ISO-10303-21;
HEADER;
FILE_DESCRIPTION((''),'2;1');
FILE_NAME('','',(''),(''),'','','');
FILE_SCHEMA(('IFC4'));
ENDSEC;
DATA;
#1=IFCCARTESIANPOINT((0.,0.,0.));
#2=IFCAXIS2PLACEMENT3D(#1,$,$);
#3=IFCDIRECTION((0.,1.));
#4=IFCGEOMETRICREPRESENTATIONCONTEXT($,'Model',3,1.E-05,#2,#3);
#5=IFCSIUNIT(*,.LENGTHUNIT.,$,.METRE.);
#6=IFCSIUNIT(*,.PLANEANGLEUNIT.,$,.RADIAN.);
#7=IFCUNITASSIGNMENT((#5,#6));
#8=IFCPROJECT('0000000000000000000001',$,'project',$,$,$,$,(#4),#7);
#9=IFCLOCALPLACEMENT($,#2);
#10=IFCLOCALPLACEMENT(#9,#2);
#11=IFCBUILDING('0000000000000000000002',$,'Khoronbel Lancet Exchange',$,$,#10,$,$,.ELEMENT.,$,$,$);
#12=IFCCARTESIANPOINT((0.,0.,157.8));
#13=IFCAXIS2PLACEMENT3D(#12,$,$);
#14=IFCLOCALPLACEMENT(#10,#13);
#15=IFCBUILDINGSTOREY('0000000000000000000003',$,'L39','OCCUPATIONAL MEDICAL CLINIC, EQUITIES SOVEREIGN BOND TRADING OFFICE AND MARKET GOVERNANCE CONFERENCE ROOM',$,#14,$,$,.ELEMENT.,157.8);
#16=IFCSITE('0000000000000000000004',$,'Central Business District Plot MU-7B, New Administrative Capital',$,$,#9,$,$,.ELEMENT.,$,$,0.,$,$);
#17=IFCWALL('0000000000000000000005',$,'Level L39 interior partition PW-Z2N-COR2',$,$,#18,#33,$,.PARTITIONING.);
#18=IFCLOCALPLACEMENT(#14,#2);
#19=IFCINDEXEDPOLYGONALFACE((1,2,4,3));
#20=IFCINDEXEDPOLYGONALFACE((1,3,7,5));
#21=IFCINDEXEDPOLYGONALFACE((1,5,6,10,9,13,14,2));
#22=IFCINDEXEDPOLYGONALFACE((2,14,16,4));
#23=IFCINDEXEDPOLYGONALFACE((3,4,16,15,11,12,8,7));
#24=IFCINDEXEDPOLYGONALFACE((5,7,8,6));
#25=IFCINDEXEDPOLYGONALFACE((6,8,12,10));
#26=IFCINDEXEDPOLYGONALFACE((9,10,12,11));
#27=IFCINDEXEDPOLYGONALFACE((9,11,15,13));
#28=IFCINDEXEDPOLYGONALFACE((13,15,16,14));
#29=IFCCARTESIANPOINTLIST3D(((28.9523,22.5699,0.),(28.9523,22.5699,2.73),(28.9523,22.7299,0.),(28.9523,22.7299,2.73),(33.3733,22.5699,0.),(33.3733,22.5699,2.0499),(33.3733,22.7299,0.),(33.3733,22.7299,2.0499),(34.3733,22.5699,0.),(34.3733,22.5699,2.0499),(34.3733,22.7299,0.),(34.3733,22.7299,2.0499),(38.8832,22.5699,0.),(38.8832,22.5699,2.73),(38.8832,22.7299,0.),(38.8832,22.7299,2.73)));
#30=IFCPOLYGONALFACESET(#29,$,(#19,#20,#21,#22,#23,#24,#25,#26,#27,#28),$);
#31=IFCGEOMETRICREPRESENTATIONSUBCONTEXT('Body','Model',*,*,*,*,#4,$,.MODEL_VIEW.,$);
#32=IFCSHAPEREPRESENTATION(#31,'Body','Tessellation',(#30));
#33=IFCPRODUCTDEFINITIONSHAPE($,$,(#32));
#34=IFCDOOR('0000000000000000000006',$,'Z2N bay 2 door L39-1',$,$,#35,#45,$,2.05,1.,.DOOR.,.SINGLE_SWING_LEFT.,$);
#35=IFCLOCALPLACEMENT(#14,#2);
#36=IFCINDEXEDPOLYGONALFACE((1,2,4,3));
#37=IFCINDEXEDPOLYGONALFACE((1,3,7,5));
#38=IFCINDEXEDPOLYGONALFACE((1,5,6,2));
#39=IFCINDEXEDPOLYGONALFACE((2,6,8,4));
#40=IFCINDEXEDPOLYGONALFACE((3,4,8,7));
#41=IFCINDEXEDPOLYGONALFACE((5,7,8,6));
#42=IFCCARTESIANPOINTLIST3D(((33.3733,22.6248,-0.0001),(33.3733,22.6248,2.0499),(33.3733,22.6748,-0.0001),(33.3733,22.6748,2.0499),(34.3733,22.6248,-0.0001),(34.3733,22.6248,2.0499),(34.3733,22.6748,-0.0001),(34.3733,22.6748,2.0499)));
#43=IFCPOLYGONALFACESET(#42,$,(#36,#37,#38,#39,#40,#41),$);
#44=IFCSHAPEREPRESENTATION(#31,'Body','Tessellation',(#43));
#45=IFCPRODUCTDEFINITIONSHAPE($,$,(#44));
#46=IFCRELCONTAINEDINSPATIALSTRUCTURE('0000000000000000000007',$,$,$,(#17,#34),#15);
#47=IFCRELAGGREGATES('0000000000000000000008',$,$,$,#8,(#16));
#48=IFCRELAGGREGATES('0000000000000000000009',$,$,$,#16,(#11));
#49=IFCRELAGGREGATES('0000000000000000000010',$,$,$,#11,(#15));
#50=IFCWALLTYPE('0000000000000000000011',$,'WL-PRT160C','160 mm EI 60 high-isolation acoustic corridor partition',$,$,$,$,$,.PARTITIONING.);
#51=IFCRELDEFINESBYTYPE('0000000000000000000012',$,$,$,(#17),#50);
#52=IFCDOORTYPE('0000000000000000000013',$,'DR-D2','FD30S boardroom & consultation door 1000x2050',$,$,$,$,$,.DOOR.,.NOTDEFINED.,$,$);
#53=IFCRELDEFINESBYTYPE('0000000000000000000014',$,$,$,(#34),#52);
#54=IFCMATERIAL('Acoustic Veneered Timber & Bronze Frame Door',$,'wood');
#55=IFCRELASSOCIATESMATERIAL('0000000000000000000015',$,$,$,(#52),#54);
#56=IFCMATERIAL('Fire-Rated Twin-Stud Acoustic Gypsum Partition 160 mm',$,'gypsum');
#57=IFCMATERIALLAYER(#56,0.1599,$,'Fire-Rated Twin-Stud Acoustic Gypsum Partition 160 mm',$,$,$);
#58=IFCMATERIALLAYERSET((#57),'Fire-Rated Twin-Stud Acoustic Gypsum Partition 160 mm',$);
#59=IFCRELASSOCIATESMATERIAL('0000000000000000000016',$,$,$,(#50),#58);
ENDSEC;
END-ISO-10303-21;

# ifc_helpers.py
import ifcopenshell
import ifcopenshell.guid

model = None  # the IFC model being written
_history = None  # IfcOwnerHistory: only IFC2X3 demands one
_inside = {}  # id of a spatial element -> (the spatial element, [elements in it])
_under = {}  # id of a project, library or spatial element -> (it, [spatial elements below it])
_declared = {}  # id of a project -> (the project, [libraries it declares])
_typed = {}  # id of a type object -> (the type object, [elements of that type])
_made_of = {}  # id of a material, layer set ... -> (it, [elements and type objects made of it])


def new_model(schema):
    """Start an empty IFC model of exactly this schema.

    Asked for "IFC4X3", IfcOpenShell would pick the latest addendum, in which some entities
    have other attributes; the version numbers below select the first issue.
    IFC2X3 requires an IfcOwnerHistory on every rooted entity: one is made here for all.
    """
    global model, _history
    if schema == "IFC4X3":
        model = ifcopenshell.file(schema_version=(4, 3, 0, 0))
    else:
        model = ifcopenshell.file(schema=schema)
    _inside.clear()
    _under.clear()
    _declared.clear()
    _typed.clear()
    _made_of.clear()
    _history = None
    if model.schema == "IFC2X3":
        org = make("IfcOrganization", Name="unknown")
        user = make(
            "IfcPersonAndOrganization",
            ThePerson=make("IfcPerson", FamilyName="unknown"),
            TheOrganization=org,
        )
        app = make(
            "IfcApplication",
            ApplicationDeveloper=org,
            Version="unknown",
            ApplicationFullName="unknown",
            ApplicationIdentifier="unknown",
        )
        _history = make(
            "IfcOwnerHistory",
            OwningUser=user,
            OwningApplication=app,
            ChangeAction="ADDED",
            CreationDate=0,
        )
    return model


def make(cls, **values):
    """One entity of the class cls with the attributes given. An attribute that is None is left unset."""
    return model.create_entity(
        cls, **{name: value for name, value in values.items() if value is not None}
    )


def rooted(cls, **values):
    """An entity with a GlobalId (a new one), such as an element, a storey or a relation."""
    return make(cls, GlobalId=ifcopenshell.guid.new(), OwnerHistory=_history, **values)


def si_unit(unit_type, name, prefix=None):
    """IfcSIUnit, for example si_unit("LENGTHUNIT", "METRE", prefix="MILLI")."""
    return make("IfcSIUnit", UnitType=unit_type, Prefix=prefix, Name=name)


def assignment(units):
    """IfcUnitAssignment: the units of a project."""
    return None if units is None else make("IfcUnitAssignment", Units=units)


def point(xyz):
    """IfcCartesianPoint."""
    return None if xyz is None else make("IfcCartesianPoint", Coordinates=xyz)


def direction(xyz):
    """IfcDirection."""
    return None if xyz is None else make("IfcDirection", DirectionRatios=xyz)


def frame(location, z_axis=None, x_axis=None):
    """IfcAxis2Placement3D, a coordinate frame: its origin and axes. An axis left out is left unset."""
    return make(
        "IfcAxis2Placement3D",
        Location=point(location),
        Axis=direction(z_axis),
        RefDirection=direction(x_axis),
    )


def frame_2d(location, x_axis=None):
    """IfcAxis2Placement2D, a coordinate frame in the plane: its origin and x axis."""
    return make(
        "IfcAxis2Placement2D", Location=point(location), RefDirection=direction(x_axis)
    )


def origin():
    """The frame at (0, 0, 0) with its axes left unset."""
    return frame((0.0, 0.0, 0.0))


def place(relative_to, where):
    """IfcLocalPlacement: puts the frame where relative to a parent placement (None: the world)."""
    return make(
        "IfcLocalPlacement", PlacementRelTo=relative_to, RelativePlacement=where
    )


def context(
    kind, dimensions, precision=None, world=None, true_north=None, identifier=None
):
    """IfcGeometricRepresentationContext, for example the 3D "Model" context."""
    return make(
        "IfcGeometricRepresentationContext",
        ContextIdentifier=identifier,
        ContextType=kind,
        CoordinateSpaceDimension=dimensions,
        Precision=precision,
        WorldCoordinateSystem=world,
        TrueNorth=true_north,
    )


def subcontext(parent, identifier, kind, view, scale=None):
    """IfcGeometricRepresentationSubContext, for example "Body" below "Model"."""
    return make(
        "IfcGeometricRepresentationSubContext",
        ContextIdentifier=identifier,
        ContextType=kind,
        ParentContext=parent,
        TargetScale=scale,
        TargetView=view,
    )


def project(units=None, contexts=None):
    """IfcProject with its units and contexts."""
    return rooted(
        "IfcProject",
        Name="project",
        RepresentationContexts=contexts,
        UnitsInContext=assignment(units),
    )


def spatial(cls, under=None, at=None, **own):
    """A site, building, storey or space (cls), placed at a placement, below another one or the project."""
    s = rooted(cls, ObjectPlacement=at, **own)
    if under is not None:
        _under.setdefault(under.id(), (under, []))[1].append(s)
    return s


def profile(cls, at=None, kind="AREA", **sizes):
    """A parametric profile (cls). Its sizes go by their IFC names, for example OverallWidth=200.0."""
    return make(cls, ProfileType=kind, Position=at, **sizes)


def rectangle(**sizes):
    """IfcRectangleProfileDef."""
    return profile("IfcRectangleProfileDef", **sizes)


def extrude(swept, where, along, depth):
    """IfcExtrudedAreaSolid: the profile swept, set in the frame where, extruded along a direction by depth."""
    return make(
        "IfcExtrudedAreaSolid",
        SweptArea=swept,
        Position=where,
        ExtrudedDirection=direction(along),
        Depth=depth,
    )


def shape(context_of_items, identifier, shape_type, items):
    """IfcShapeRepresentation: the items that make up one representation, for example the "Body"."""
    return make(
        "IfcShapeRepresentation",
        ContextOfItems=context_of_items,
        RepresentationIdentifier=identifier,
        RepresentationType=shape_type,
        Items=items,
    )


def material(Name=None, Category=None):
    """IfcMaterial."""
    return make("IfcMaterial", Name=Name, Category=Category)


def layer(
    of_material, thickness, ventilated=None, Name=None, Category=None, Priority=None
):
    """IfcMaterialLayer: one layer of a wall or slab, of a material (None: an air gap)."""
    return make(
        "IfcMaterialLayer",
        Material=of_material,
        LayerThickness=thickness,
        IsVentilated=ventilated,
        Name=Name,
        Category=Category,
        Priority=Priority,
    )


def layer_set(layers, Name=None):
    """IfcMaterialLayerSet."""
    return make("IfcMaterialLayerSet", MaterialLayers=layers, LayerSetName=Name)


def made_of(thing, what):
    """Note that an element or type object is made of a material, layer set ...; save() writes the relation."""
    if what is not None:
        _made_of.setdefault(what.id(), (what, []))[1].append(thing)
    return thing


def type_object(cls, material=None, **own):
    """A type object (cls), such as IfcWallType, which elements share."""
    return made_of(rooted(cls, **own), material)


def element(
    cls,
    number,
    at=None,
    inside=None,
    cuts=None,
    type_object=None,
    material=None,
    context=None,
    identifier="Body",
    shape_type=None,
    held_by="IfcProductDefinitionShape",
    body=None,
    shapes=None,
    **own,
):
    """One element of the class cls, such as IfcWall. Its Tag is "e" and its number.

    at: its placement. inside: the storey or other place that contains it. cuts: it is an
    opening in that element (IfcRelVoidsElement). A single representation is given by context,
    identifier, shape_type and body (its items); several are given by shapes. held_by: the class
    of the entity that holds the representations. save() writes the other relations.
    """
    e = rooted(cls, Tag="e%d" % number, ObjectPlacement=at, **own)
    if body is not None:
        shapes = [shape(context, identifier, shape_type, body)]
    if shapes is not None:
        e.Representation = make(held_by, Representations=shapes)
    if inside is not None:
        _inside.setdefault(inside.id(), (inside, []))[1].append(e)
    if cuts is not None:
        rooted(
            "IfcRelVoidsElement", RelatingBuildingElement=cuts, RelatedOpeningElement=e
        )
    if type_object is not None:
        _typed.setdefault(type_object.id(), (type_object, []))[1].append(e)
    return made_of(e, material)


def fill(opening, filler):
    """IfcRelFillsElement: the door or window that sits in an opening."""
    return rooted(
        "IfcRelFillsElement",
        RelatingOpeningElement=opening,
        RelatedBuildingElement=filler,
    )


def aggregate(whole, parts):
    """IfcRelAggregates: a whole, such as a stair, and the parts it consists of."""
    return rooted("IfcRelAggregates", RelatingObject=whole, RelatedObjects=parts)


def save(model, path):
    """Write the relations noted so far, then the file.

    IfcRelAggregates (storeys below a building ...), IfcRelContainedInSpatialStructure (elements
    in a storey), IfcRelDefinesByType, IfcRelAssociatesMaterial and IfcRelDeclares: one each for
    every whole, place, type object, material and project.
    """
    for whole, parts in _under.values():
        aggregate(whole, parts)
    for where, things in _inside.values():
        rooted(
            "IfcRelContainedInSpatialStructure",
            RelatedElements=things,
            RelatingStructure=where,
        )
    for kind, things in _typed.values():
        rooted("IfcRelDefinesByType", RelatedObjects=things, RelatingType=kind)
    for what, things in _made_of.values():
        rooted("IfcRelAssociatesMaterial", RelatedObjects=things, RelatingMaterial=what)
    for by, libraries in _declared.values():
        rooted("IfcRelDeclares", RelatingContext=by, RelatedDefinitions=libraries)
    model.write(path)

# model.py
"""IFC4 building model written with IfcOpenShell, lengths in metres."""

from ifc_helpers import new_model, si_unit, direction, frame, frame_2d, origin, place, context, subcontext, project, spatial, rectangle, extrude, material, layer, layer_set, type_object, element, fill, save


model = new_model("IFC4")

# Units and contexts
model_context = context("Model", 3, precision=1e-05, world=origin(), true_north=direction((0.0, 1.0)))
body_context = subcontext(model_context, "Body", "Model", "MODEL_VIEW")
ifc_project = project(units=[si_unit("LENGTHUNIT", "METRE"), si_unit("PLANEANGLEUNIT", "RADIAN")], contexts=[model_context])

# Site, building, storey
site_placement = place(None, origin())
site = spatial("IfcSite", under=ifc_project, at=site_placement, Name="Central Business District Plot MU-7B, New Administrative Capital", CompositionType="ELEMENT", RefElevation=0.0)
building_placement = place(site_placement, origin())
building = spatial("IfcBuilding", under=site, at=building_placement, Name="Khoronbel Lancet Exchange", CompositionType="ELEMENT")
storey_placement = place(building_placement, frame((0.0, 0.0, 157.8)))
storey = spatial("IfcBuildingStorey", under=building, at=storey_placement, Name="L39", Description="OCCUPATIONAL MEDICAL CLINIC, EQUITIES SOVEREIGN BOND TRADING OFFICE AND MARKET GOVERNANCE CONFERENCE ROOM", CompositionType="ELEMENT", Elevation=157.8)

# Shared definitions
ifc_material_1 = material(Name="Acoustic Veneered Timber & Bronze Frame Door", Category="wood")
door_type_1 = type_object("IfcDoorType", Name="DR-D2", Description="FD30S boardroom & consultation door 1000x2050", OperationType="NOTDEFINED", PredefinedType="DOOR", material=ifc_material_1)

# Wall, opening, door
ifc_material_2 = material(Name="Fire-Rated Twin-Stud Acoustic Gypsum Partition 160 mm", Category="gypsum")
ifc_layer_1 = layer(ifc_material_2, 0.1599, Name="Fire-Rated Twin-Stud Acoustic Gypsum Partition 160 mm")
ifc_layer_set_1 = layer_set([ifc_layer_1], Name="Fire-Rated Twin-Stud Acoustic Gypsum Partition 160 mm")
wall_type_1 = type_object("IfcWallType", Name="WL-PRT160C", Description="160 mm EI 60 high-isolation acoustic corridor partition", PredefinedType="PARTITIONING", material=ifc_layer_set_1)
wall_1_placement = place(storey_placement, frame((28.9524, 22.6499, 0.0), z_axis=(0.0, 0.0, 1.0), x_axis=(1.0, 0.0, 0.0)))
wall_1 = element("IfcWall", 1, at=wall_1_placement, inside=storey, type_object=wall_type_1, Name="Level L39 interior partition PW-Z2N-COR2", PredefinedType="PARTITIONING", context=body_context, shape_type="SweptSolid", body=[
    extrude(rectangle(XDim=9.9309, YDim=0.1599, at=frame_2d((4.9653, 0.0))), origin(), (0.0, 0.0, 1.0), 2.73),
])
opening_1_placement = place(wall_1_placement, frame((4.4209, 0.0, 0.0)))
opening_1 = element("IfcOpeningElement", 2, at=opening_1_placement, cuts=wall_1, PredefinedType="OPENING", context=body_context, shape_type="SweptSolid", body=[
    extrude(rectangle(XDim=1.0, YDim=2.05, at=frame_2d((0.5, 1.0249))), frame((0.0, 0.0898, 0.0), z_axis=(0.0, -1.0, 0.0), x_axis=(1.0, 0.0, 0.0)), (0.0, 0.0, 1.0), 0.1799),
])
door_1_placement = place(opening_1_placement, origin())
door_1 = element("IfcDoor", 3, at=door_1_placement, inside=storey, type_object=door_type_1, Name="Z2N bay 2 door L39-1", OperationType="SINGLE_SWING_LEFT", OverallHeight=2.05, OverallWidth=1.0, PredefinedType="DOOR", context=body_context, shape_type="SweptSolid", body=[
    extrude(rectangle(XDim=1.0, YDim=2.05, at=frame_2d((0.5, 1.0249))), frame((0.0, 0.0249, 0.0), z_axis=(0.0, -1.0, 0.0), x_axis=(1.0, 0.0, 0.0)), (0.0, 0.0, 1.0), 0.05),
])
fill(opening_1, door_1)

save(model, "model.ifc")
